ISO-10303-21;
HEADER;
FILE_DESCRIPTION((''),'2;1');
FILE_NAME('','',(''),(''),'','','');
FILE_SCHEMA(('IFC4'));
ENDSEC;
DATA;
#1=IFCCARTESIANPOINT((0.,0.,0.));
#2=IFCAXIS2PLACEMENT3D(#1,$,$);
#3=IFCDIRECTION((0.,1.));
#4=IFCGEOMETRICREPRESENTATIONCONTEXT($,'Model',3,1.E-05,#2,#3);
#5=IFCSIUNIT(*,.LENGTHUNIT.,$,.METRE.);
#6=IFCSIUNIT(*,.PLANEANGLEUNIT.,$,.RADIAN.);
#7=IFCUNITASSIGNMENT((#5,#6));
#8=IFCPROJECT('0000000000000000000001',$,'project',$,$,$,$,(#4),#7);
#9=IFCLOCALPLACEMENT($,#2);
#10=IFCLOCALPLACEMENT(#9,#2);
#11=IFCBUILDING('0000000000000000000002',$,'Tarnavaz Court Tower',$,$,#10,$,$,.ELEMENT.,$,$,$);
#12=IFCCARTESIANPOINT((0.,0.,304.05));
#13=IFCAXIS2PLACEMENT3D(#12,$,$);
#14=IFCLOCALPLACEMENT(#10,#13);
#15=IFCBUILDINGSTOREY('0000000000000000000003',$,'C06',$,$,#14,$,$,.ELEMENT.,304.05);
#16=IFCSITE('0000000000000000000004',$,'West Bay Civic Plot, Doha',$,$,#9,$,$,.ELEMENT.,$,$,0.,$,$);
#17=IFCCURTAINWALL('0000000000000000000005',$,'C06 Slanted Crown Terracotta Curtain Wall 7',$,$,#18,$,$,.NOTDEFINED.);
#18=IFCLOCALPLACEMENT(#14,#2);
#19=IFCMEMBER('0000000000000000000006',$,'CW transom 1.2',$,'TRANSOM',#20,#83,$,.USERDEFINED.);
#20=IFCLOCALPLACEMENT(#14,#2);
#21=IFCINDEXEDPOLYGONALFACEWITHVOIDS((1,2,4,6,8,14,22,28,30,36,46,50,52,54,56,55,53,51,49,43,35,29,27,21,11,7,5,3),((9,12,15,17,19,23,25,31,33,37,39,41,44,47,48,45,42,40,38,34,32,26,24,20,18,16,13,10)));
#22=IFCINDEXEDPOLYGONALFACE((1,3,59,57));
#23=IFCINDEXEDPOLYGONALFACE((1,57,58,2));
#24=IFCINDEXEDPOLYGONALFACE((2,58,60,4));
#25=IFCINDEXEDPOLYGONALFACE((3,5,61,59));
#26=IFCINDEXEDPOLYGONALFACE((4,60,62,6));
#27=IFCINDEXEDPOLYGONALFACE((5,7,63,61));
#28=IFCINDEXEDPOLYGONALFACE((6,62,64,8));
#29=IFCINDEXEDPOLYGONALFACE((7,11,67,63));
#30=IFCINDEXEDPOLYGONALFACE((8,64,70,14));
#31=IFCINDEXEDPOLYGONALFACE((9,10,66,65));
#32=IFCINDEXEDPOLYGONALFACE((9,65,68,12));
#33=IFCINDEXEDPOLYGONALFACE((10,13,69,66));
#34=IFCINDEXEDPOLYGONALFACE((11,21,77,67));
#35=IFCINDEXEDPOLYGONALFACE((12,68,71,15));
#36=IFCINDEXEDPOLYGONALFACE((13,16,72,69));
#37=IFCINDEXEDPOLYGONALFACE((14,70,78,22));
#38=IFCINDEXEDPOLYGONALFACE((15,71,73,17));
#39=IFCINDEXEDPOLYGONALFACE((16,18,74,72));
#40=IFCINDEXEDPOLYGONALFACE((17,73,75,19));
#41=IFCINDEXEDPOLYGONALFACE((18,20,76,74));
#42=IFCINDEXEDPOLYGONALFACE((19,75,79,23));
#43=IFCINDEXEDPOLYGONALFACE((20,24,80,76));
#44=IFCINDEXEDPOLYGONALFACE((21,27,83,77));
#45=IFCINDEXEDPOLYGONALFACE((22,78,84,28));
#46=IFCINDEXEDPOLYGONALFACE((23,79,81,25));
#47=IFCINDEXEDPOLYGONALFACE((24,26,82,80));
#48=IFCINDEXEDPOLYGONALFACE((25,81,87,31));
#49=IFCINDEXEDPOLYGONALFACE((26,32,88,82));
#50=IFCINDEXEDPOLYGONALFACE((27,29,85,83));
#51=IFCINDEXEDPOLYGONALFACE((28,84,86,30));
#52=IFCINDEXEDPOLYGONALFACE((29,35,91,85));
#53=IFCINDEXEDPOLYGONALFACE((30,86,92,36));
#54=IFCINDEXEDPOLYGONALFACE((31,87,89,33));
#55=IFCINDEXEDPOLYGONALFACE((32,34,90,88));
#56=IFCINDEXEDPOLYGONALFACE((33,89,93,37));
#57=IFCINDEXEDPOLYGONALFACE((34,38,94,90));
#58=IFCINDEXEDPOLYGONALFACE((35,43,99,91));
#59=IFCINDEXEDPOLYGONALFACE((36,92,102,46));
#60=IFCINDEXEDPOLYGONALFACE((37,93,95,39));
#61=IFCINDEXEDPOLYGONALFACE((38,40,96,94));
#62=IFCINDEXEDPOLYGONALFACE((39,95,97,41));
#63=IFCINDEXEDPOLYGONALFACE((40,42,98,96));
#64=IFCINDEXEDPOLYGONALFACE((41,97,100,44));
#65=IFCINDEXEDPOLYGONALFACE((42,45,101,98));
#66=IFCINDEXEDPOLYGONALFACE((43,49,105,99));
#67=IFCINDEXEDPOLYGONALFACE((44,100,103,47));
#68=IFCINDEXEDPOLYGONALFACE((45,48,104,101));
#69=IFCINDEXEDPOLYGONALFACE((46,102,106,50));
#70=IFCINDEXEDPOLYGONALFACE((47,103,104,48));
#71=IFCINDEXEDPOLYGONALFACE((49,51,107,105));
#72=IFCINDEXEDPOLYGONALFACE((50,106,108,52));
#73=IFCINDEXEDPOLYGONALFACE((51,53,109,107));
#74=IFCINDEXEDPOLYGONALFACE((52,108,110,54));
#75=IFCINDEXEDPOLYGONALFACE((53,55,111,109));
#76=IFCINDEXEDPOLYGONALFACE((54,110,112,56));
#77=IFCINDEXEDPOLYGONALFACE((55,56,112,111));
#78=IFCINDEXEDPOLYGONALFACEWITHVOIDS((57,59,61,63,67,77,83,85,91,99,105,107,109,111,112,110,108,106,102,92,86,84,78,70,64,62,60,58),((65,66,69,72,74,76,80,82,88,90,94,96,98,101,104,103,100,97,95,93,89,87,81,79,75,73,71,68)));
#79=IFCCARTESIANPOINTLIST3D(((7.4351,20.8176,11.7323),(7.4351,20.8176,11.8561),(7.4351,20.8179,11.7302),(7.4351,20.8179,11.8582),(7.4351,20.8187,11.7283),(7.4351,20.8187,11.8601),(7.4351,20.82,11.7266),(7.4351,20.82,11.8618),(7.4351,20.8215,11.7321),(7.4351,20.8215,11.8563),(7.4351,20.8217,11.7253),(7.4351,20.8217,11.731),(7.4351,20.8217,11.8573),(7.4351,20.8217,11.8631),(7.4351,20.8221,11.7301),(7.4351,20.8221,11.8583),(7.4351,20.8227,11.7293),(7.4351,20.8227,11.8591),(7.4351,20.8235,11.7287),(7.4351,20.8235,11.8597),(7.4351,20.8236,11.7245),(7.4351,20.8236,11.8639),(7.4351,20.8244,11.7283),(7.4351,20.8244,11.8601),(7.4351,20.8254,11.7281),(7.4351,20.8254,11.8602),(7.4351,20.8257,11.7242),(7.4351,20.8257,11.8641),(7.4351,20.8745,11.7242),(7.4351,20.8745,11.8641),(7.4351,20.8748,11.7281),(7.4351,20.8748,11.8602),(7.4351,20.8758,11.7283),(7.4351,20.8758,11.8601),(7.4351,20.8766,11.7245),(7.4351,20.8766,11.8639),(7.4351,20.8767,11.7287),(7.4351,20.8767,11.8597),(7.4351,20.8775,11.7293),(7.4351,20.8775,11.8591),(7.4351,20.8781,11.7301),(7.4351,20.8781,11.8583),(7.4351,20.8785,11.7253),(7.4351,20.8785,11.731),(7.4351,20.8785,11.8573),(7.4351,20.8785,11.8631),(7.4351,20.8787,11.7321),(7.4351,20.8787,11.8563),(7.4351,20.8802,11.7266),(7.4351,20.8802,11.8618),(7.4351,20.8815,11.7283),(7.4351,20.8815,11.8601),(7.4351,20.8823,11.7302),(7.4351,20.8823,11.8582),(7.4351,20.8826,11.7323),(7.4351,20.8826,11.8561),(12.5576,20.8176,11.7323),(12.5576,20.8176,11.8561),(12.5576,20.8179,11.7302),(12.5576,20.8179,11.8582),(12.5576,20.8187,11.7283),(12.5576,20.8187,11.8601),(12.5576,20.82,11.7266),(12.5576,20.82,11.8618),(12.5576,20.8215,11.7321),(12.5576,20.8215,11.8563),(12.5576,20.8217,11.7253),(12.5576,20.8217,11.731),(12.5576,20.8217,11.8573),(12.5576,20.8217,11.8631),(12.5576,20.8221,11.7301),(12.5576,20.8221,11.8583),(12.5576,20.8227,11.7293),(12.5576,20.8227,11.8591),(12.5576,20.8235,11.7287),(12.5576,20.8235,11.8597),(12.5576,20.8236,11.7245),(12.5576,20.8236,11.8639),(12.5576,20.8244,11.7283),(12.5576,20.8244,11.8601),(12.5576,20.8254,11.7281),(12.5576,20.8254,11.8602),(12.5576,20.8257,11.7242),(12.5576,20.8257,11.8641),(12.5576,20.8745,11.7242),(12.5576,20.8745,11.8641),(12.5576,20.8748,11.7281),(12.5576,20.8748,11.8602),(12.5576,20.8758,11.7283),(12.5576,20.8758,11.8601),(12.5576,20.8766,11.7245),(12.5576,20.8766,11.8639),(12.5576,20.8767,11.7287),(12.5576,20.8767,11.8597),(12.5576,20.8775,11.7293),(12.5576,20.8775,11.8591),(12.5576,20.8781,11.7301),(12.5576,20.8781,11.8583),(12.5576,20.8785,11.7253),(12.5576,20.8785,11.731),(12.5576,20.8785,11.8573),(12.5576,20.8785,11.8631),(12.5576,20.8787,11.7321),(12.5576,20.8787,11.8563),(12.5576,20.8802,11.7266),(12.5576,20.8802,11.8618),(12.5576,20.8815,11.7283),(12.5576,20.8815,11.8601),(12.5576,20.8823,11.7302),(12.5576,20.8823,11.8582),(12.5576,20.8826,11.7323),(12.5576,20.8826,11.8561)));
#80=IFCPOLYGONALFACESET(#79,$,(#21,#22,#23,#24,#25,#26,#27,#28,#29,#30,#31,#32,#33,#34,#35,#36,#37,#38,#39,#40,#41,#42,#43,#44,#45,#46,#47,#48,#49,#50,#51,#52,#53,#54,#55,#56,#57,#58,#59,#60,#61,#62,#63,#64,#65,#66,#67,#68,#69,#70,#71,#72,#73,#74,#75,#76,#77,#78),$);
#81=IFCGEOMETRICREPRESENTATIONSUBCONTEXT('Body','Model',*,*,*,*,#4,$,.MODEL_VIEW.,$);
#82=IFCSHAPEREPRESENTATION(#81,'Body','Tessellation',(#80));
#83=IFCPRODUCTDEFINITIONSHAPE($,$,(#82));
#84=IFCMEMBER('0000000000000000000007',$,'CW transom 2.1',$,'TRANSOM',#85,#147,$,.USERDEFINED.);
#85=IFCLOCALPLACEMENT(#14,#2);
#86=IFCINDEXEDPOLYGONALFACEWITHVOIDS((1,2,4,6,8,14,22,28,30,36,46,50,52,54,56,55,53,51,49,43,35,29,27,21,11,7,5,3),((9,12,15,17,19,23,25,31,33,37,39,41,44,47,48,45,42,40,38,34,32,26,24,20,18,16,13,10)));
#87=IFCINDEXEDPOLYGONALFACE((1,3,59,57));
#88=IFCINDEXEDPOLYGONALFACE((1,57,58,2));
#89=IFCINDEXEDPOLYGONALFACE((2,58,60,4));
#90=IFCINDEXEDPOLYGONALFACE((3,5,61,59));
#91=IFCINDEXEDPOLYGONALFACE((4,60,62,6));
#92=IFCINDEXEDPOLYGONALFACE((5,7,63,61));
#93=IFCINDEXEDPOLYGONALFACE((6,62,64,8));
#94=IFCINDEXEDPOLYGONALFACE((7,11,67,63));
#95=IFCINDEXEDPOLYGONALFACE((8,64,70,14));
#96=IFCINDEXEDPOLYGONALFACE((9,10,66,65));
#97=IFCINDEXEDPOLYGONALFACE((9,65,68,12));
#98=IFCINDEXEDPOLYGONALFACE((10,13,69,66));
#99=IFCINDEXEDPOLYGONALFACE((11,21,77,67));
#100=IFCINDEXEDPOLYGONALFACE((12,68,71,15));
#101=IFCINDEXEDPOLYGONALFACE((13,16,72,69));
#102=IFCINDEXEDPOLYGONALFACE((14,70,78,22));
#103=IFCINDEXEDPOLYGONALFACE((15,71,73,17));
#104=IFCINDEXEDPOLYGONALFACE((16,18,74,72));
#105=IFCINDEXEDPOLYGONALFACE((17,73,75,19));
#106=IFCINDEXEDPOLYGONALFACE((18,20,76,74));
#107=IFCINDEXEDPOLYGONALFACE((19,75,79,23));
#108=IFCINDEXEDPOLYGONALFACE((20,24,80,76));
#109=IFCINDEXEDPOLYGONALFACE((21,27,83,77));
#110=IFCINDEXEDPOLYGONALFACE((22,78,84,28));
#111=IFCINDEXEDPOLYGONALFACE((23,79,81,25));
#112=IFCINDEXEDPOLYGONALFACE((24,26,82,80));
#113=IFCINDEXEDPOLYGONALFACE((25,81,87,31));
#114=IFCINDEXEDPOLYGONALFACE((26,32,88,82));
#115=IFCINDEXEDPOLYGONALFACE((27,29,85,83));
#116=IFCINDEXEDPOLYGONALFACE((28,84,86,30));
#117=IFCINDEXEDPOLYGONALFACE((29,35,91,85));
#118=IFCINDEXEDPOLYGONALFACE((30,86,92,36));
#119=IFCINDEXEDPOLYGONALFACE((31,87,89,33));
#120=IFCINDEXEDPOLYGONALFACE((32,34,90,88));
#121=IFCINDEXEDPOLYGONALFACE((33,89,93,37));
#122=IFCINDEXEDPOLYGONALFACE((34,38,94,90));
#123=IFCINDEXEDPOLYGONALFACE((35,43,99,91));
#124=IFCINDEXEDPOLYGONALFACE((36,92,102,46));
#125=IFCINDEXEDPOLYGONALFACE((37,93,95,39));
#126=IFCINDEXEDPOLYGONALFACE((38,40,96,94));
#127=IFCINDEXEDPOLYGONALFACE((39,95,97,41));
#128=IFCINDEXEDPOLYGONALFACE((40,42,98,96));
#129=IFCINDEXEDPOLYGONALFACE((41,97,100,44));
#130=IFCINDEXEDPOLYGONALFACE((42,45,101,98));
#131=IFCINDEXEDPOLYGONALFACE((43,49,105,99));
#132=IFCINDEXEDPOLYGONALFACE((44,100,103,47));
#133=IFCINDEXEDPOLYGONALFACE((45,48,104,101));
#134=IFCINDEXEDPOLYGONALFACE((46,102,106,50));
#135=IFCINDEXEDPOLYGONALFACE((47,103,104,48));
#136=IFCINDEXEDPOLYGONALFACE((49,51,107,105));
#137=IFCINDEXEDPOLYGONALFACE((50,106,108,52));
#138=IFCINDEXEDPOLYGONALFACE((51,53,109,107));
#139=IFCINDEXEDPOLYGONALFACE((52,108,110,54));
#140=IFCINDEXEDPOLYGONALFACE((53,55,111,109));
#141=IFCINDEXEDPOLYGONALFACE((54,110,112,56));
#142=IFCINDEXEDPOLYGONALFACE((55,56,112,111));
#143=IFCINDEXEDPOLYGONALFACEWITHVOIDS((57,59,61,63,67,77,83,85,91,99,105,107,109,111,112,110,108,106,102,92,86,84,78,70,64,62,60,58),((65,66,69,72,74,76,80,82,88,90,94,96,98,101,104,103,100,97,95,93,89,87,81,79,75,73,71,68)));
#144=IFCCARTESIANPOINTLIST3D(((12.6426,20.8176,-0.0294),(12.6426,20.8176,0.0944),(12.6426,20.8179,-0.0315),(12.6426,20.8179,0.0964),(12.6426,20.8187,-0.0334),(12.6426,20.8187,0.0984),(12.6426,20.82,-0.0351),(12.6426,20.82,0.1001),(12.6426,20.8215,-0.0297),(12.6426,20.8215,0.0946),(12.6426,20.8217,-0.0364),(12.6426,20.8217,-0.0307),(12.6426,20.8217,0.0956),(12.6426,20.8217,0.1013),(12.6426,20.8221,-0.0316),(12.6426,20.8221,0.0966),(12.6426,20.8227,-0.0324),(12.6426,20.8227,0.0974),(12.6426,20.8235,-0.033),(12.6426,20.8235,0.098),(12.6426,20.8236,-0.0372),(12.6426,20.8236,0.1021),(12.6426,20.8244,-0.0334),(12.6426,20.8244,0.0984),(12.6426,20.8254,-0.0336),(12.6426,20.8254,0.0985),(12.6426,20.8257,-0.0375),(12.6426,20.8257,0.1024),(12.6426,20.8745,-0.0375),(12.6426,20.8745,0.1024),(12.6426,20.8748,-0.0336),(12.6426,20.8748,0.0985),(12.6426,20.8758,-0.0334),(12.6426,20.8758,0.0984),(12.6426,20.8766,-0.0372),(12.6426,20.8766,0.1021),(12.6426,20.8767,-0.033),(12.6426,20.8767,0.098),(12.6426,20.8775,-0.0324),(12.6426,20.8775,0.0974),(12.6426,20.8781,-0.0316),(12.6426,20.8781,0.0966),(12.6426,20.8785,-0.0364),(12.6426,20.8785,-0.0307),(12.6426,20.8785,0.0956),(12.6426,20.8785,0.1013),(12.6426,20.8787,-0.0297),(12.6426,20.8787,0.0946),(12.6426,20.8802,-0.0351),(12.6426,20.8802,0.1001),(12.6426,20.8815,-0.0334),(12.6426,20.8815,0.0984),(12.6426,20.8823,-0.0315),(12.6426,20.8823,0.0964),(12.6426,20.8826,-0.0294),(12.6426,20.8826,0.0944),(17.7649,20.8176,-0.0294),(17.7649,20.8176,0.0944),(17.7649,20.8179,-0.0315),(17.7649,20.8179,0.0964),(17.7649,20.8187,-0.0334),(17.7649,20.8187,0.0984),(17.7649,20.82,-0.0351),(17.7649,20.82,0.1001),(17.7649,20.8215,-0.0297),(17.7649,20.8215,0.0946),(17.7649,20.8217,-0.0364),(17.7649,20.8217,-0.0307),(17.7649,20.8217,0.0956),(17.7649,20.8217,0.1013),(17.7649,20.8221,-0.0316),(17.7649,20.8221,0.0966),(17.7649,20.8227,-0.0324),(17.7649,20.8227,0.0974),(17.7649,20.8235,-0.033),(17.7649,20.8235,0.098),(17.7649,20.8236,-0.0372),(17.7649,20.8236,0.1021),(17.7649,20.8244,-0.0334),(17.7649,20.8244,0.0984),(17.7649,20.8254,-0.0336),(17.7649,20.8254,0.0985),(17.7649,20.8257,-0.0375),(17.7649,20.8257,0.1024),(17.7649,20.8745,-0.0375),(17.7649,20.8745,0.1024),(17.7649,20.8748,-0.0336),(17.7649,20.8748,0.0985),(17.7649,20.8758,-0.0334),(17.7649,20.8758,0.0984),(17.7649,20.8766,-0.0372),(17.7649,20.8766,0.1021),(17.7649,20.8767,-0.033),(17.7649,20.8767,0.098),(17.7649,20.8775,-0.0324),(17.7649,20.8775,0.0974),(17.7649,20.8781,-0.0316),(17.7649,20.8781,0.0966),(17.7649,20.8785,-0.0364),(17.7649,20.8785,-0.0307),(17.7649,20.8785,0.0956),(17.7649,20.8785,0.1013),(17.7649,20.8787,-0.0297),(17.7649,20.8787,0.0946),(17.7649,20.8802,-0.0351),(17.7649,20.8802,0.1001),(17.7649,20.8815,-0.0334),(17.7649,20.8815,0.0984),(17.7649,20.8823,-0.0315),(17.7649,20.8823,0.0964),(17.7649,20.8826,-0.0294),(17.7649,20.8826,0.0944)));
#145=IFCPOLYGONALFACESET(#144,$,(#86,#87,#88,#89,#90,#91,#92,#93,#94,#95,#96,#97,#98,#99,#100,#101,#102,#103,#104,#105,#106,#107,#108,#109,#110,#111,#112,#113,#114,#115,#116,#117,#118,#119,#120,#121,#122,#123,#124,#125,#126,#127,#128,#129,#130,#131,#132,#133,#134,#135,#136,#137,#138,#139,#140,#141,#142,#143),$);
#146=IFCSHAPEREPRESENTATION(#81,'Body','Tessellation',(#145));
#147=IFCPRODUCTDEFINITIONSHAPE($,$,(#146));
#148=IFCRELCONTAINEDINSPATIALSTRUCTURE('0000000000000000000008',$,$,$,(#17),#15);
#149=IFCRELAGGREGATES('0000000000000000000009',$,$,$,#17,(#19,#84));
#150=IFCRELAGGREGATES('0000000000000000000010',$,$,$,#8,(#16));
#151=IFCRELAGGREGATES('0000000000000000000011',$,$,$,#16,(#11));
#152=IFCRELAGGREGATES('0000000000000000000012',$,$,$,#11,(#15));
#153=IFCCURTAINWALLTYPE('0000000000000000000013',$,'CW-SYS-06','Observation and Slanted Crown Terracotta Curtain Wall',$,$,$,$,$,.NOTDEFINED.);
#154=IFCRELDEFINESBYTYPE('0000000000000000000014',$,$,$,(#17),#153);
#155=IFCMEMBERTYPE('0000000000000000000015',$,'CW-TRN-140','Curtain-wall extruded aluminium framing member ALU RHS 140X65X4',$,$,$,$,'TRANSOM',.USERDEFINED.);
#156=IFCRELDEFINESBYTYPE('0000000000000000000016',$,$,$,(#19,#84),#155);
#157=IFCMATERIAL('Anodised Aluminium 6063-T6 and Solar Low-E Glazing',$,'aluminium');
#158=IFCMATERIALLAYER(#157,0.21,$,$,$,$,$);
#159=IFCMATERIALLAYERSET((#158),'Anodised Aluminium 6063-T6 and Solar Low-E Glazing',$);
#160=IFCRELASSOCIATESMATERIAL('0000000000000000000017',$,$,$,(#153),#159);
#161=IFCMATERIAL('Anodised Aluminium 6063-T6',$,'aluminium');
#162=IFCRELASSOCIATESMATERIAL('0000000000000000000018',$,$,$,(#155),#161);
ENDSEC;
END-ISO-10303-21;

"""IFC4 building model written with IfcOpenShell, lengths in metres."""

from ifc_helpers import new_model, si_unit, direction, frame, origin, origin_2d, place, context, subcontext, project, spatial, hollow_rectangle, extrude, material, layer, layer_set, material_profile, profile_set, type_object, element, aggregate, save


model = new_model("IFC4")

# Units and contexts
model_context = context("Model", 3, precision=1e-05, world=origin(), true_north=direction((0.0, 1.0)))
body_context = subcontext(model_context, "Body", "Model", "MODEL_VIEW")
ifc_project = project(units=[si_unit("LENGTHUNIT", "METRE"), si_unit("PLANEANGLEUNIT", "RADIAN")], contexts=[model_context])

# Site, building, storey
site_placement = place(None, origin())
site = spatial("IfcSite", under=ifc_project, at=site_placement, Name="West Bay Civic Plot, Doha", CompositionType="ELEMENT", RefElevation=0.0)
building_placement = place(site_placement, origin())
building = spatial("IfcBuilding", under=site, at=building_placement, Name="Tarnavaz Court Tower", CompositionType="ELEMENT")
storey_placement = place(building_placement, frame((0.0, 0.0, 304.05)))
storey = spatial("IfcBuildingStorey", under=building, at=storey_placement, Name="C06", CompositionType="ELEMENT", Elevation=304.05)

# Shared definitions
ifc_material_1 = material(Name="Anodised Aluminium 6063-T6 and Solar Low-E Glazing", Category="aluminium")
ifc_layer_1 = layer(ifc_material_1, 0.21)
ifc_layer_set_1 = layer_set([ifc_layer_1], Name="Anodised Aluminium 6063-T6 and Solar Low-E Glazing")
curtain_wall_type = type_object("IfcCurtainWallType", Name="CW-SYS-06", Description="Observation and Slanted Crown Terracotta Curtain Wall", PredefinedType="NOTDEFINED", material=ifc_layer_set_1)
ifc_material_2 = material(Name="Anodised Aluminium 6063-T6", Category="aluminium")

# Curtain wall
curtain_wall_1_placement = place(storey_placement, origin())
curtain_wall_1 = element("IfcCurtainWall", 1, at=curtain_wall_1_placement, inside=storey, type_object=curtain_wall_type, Name="C06 Slanted Crown Terracotta Curtain Wall 7", PredefinedType="NOTDEFINED")

# Members
ifc_material_profile_1 = material_profile(ifc_material_2, hollow_rectangle(XDim=0.0649, YDim=0.1399, WallThickness=0.0039, InnerFilletRadius=0.0039, OuterFilletRadius=0.0081, at=origin_2d()), Name="ALU RHS 140X65X4")
ifc_profile_set_1 = profile_set([ifc_material_profile_1], Name="Anodised Aluminium 6063-T6")
member_type_1 = type_object("IfcMemberType", Name="CW-TRN-140", Description="Curtain-wall extruded aluminium framing member ALU RHS 140X65X4", ElementType="TRANSOM", PredefinedType="USERDEFINED", material=ifc_profile_set_1)
member_1_placement = place(storey_placement, frame((7.4351, 20.8501, 11.7942), z_axis=(1.0, 0.0, 0.0), x_axis=(0.0, 1.0, 0.0)))
member_1 = element("IfcMember", 2, at=member_1_placement, type_object=member_type_1, Name="CW transom 1.2", ObjectType="TRANSOM", PredefinedType="USERDEFINED", context=body_context, shape_type="SweptSolid", body=[
    extrude(hollow_rectangle(XDim=0.0649, YDim=0.1399, WallThickness=0.0039, InnerFilletRadius=0.0039, OuterFilletRadius=0.0081, at=origin_2d()), origin(), (0.0, 0.0, 1.0), 5.1226),
])
member_2_placement = place(storey_placement, frame((12.6426, 20.8501, 0.0325), z_axis=(1.0, 0.0, 0.0), x_axis=(0.0, 1.0, 0.0)))
member_2 = element("IfcMember", 3, at=member_2_placement, type_object=member_type_1, Name="CW transom 2.1", ObjectType="TRANSOM", PredefinedType="USERDEFINED", context=body_context, shape_type="SweptSolid", body=[
    extrude(hollow_rectangle(XDim=0.0649, YDim=0.1399, WallThickness=0.0039, InnerFilletRadius=0.0039, OuterFilletRadius=0.0081, at=origin_2d()), origin(), (0.0, 0.0, 1.0), 5.1223),
])

aggregate(curtain_wall_1, [member_1, member_2])

save(model, "model.ifc")
